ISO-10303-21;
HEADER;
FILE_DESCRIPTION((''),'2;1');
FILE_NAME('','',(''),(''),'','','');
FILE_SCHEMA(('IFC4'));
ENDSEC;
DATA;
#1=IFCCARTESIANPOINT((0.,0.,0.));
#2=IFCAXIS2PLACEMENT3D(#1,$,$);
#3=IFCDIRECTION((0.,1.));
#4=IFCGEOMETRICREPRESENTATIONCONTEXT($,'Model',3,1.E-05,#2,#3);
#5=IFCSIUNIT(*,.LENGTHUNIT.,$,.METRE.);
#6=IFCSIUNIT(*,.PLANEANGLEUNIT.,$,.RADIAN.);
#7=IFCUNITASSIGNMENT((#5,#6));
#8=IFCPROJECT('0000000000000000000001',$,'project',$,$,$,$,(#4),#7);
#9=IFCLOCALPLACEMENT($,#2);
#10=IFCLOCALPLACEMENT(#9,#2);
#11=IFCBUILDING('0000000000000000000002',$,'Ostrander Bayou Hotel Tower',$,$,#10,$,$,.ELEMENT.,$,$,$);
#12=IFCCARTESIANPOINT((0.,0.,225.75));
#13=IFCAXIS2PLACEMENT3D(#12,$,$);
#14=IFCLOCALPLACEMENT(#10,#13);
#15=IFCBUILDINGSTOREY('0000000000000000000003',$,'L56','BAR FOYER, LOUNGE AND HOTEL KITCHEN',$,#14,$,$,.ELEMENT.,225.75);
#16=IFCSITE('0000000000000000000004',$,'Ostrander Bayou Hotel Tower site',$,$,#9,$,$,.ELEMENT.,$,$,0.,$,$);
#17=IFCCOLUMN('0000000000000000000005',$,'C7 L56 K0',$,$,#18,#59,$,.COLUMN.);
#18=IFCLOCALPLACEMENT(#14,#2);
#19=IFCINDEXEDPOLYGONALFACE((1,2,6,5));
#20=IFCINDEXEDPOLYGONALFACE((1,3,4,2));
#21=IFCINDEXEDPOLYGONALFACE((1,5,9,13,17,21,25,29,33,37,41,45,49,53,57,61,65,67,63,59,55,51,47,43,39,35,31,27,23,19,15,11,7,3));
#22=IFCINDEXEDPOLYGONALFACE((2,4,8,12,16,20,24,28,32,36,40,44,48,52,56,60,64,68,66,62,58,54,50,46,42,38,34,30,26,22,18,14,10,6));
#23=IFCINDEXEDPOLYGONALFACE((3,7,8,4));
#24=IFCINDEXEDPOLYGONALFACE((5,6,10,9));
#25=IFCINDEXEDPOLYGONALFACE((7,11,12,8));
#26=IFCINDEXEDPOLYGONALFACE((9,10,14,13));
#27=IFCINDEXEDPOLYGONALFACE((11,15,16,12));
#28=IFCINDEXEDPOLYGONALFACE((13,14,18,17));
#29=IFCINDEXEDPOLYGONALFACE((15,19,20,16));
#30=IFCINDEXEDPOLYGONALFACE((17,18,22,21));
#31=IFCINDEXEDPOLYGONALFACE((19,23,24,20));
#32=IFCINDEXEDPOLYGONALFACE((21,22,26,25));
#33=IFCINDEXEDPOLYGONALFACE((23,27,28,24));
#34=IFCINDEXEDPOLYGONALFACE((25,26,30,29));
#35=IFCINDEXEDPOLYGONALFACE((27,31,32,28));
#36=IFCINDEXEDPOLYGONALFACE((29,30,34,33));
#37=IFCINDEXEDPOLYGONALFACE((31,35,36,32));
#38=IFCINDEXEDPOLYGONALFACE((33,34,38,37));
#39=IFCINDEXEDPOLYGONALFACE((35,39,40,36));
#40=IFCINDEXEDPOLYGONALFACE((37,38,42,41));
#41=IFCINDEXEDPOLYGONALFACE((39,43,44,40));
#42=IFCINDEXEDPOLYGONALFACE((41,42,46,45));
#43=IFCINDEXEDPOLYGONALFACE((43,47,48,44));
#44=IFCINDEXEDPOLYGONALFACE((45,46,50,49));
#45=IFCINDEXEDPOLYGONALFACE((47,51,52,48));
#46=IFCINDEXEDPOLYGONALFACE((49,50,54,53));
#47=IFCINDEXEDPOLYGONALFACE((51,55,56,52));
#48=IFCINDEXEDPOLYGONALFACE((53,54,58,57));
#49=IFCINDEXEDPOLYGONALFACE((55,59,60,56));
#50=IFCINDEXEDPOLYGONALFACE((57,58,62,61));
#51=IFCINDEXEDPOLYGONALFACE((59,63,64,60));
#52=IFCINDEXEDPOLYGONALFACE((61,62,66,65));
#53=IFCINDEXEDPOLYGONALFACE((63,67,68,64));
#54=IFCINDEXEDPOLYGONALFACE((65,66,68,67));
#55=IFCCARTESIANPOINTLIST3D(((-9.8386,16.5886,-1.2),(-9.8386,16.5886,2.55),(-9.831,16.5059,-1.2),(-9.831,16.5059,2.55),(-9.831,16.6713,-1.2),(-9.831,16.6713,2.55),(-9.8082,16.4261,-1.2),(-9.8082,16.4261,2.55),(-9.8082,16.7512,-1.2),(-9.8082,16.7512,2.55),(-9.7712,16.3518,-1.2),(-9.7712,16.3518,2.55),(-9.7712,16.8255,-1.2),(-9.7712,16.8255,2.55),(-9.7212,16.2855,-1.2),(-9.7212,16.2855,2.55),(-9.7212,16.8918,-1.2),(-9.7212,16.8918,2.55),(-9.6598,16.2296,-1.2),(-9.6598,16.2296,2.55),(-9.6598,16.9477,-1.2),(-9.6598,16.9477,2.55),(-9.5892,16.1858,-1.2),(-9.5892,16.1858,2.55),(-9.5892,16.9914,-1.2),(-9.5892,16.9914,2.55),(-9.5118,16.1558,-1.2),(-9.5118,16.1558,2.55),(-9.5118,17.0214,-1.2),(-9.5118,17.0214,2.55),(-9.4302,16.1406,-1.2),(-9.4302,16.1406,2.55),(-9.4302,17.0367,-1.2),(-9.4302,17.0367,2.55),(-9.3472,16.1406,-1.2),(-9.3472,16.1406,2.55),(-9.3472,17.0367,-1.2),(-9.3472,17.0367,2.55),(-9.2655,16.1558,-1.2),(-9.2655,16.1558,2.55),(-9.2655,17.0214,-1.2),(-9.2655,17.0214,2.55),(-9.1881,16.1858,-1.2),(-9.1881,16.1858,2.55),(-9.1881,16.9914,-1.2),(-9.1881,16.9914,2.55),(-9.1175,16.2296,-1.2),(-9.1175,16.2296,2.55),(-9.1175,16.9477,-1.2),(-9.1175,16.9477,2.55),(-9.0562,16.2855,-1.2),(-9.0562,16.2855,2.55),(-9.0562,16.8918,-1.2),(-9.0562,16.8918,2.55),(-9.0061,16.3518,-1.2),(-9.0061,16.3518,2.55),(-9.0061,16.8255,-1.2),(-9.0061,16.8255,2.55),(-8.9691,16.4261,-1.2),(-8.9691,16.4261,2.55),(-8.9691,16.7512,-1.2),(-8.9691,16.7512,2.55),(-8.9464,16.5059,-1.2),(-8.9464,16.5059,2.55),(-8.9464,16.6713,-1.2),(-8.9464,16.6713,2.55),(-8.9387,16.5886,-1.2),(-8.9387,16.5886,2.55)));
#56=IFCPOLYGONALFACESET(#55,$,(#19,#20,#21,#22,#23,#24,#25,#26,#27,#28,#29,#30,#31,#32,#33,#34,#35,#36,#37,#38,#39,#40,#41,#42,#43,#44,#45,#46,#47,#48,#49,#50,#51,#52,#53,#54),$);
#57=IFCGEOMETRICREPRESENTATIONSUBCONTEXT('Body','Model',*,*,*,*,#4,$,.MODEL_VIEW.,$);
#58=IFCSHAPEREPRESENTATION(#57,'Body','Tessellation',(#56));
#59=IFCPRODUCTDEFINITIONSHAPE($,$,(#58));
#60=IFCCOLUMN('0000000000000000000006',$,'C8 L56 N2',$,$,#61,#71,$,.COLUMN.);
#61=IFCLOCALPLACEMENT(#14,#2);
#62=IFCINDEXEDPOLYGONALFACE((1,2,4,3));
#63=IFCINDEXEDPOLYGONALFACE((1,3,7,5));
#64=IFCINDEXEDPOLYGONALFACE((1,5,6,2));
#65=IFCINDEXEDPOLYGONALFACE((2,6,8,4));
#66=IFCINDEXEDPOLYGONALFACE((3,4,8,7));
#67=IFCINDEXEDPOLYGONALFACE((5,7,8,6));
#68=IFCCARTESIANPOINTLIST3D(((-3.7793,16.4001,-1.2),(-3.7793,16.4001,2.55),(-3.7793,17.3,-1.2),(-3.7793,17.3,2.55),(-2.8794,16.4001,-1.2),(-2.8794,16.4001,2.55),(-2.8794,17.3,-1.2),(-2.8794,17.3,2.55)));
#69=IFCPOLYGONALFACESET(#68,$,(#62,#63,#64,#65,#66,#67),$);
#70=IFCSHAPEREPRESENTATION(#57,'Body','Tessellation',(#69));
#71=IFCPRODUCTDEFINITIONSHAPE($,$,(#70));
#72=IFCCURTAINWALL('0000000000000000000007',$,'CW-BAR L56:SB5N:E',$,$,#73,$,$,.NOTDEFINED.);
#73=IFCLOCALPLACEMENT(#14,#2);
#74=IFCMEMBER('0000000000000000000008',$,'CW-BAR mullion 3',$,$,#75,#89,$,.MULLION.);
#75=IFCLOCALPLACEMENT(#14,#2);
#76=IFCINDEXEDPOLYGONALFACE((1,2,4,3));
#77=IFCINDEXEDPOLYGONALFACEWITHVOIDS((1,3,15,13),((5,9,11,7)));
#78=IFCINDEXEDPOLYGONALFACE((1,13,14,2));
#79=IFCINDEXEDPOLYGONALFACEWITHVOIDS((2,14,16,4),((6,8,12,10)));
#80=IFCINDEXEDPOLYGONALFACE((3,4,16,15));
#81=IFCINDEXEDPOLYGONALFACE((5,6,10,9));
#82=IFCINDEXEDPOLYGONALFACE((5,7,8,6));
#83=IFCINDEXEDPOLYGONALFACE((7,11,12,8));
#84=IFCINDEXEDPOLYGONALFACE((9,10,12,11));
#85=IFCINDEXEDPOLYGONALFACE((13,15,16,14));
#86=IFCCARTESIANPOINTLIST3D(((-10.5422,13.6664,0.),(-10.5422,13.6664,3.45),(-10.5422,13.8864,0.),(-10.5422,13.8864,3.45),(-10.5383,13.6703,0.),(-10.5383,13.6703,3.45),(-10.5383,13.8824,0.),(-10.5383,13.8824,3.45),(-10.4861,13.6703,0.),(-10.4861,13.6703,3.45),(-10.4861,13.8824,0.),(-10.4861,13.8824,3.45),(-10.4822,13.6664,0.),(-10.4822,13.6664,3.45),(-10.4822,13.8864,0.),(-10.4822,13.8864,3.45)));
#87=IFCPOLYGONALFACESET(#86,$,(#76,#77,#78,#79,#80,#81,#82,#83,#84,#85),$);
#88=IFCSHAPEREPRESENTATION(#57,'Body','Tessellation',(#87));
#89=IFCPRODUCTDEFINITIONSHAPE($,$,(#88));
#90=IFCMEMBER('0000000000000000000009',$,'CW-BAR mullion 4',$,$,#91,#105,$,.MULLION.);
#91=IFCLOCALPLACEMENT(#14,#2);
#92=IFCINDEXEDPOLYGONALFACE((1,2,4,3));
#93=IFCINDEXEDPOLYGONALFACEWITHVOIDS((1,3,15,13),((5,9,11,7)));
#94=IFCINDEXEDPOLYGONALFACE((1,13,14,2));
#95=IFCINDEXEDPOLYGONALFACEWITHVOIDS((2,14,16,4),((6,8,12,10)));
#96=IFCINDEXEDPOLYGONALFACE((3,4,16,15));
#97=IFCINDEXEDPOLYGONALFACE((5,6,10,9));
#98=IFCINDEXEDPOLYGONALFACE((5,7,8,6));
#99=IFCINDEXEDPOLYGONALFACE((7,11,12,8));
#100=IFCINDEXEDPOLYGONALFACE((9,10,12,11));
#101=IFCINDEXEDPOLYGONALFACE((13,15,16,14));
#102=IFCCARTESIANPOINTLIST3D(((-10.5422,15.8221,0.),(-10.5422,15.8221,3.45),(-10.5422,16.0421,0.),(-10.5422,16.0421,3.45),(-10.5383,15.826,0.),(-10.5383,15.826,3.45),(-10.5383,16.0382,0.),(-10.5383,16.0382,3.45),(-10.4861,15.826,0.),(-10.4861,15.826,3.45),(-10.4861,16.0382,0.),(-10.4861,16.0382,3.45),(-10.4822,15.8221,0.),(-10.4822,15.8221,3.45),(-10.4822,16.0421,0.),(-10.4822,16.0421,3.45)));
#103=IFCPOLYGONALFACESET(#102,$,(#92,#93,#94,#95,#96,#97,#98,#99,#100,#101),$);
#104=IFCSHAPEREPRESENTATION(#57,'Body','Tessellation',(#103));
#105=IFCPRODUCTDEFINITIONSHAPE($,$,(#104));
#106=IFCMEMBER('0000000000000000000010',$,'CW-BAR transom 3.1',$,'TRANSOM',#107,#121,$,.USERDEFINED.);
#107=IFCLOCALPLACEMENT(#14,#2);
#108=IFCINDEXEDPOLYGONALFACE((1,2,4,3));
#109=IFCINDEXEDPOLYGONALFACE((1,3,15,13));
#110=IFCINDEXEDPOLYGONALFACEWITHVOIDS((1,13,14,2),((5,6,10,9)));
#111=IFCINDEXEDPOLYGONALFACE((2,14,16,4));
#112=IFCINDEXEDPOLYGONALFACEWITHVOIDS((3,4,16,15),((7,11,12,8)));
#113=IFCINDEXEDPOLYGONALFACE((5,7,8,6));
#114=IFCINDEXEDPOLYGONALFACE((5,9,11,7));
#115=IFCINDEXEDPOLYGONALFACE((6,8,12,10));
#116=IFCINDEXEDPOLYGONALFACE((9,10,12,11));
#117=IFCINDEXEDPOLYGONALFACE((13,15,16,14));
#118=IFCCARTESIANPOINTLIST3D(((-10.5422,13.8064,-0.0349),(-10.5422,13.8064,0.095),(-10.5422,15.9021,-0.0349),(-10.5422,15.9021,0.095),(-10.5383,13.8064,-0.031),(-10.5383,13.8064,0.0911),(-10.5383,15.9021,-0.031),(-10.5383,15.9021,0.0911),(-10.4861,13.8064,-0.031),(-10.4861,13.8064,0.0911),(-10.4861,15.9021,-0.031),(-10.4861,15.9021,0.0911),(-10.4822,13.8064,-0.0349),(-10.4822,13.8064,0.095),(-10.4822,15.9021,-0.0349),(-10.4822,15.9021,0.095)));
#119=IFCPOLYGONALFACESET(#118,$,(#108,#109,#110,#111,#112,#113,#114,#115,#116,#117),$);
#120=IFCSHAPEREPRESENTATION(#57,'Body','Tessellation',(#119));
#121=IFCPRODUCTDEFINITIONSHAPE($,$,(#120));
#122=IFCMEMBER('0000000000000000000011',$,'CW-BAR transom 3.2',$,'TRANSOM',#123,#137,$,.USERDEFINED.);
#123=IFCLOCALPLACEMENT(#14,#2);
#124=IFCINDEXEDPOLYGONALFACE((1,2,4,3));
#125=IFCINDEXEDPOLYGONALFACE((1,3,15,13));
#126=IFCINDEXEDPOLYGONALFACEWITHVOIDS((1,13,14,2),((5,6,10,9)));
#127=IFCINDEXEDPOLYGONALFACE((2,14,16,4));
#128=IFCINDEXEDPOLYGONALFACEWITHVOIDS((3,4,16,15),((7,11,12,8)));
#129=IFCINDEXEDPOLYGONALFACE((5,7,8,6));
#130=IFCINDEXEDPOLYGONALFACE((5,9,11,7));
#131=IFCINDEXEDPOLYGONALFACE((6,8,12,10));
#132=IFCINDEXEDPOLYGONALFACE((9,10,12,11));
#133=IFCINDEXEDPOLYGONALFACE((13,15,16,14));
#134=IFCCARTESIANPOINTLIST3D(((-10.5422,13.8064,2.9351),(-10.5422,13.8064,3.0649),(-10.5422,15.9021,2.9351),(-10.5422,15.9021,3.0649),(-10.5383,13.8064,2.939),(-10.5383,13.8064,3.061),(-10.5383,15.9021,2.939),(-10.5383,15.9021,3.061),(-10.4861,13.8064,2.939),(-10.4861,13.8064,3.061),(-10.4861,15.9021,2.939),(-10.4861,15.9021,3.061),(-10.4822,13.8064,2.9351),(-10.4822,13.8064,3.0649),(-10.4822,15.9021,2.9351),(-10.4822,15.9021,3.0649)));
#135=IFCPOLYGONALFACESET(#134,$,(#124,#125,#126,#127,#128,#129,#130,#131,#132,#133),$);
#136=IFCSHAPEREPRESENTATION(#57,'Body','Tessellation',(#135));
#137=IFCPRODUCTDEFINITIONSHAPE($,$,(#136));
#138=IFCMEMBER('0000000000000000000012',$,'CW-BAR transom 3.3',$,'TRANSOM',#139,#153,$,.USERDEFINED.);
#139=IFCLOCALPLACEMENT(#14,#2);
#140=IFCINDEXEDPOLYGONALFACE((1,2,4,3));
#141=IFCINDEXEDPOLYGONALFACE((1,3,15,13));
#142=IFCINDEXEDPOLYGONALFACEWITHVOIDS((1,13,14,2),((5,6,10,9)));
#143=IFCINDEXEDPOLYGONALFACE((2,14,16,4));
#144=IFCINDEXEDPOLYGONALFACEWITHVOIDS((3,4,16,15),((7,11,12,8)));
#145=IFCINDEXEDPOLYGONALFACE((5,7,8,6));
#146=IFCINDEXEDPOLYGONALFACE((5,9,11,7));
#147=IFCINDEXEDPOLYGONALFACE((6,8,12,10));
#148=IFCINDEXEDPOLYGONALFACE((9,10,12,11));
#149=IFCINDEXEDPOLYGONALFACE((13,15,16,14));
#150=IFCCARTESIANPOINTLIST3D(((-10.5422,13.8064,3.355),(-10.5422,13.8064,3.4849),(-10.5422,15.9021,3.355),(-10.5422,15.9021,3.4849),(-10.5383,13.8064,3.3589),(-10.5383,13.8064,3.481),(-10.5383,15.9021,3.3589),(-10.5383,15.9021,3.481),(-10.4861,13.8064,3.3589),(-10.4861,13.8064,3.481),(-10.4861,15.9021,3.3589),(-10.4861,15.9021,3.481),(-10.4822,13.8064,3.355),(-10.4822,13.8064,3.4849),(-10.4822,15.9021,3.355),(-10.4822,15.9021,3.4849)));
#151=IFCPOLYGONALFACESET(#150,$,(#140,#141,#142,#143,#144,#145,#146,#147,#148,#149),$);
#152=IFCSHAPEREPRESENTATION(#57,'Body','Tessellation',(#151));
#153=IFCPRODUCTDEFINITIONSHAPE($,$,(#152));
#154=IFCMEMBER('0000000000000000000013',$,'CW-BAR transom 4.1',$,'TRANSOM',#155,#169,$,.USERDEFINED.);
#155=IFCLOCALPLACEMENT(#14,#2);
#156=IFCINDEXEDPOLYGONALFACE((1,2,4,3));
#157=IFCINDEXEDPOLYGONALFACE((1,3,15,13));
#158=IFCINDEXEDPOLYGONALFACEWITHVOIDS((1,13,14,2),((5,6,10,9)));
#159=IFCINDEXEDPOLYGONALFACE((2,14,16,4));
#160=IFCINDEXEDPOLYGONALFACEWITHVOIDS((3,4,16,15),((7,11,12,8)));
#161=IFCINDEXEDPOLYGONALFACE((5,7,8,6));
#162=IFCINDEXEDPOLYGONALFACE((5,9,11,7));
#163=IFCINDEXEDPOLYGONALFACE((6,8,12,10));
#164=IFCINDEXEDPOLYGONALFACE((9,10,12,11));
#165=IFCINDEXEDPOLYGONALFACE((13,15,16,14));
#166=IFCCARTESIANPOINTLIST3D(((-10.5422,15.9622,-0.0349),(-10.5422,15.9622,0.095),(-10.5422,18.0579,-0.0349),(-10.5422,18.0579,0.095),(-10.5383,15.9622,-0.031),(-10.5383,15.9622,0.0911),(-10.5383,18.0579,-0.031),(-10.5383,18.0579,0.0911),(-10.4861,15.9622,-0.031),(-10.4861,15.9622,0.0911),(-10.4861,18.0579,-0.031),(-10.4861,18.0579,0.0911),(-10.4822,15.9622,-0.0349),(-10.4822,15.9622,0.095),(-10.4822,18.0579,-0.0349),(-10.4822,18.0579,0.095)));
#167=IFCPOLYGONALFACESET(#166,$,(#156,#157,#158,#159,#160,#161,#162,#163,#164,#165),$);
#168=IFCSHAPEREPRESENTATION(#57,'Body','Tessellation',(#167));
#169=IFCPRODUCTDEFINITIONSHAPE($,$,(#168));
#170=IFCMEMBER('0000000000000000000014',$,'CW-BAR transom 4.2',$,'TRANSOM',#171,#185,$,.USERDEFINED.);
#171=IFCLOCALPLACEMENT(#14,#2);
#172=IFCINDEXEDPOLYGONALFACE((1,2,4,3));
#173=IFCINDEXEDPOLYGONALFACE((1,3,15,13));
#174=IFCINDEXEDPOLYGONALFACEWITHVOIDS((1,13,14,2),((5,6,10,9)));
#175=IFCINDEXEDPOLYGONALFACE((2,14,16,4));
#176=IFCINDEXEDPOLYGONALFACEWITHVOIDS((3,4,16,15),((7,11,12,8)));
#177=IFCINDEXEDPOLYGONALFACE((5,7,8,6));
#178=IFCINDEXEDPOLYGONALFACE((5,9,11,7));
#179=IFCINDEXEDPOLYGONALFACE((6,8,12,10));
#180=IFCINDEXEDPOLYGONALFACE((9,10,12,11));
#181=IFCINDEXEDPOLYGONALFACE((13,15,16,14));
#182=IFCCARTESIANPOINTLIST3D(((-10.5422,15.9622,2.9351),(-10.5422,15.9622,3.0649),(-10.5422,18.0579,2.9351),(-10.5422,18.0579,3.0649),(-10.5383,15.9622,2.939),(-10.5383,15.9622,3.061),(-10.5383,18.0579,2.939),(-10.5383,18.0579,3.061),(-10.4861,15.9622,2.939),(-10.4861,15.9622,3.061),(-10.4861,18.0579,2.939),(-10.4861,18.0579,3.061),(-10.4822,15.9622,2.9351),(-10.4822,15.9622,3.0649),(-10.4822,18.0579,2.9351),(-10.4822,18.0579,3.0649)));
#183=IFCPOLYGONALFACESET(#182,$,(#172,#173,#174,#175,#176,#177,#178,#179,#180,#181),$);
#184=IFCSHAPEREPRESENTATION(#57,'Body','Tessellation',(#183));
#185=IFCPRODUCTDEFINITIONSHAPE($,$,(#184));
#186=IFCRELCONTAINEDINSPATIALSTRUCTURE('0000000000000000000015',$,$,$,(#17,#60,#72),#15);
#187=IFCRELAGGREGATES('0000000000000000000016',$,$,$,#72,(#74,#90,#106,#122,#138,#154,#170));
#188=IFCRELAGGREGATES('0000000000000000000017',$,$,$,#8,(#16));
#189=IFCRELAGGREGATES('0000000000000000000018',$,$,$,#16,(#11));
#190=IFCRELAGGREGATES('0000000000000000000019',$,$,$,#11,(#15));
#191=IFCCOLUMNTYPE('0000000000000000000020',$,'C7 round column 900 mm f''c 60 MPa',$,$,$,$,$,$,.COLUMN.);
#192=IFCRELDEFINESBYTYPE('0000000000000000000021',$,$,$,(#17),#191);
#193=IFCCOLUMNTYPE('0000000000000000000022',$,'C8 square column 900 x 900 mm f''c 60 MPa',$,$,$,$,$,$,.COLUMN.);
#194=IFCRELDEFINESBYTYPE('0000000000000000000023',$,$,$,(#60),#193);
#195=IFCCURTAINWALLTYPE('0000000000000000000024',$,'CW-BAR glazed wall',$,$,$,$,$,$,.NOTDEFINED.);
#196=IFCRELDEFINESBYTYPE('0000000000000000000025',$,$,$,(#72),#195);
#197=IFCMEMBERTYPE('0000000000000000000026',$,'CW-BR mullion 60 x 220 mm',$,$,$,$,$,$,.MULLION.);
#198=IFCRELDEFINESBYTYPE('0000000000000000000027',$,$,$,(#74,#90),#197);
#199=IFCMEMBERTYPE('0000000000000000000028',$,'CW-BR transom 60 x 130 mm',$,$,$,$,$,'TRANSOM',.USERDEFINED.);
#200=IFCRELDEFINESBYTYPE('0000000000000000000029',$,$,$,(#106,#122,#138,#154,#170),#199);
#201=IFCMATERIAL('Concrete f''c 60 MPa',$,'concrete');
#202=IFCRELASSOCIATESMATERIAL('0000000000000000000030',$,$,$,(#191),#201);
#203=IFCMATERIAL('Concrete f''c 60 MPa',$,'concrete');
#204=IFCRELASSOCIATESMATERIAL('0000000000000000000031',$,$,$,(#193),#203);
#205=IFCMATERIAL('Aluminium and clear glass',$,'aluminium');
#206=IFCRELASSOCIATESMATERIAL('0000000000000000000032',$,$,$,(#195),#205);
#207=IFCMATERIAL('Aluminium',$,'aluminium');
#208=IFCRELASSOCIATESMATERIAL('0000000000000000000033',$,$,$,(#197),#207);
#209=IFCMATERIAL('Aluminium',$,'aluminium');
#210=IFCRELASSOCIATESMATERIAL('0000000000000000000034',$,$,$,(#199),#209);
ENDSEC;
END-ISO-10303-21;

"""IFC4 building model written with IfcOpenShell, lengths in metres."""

from ifc_helpers import new_model, si_unit, direction, frame, origin, origin_2d, place, context, subcontext, project, spatial, rectangle, hollow_rectangle, circle, extrude, material, material_profile, profile_set, type_object, element, aggregate, save


model = new_model("IFC4")

# Units and contexts
model_context = context("Model", 3, precision=1e-05, world=origin(), true_north=direction((0.0, 1.0)))
body_context = subcontext(model_context, "Body", "Model", "MODEL_VIEW")
ifc_project = project(units=[si_unit("LENGTHUNIT", "METRE"), si_unit("PLANEANGLEUNIT", "RADIAN")], contexts=[model_context])

# Site, building, storey
site_placement = place(None, origin())
site = spatial("IfcSite", under=ifc_project, at=site_placement, Name="Ostrander Bayou Hotel Tower site", CompositionType="ELEMENT", RefElevation=0.0)
building_placement = place(site_placement, origin())
building = spatial("IfcBuilding", under=site, at=building_placement, Name="Ostrander Bayou Hotel Tower", CompositionType="ELEMENT")
storey_placement = place(building_placement, frame((0.0, 0.0, 225.75)))
storey = spatial("IfcBuildingStorey", under=building, at=storey_placement, Name="L56", Description="BAR FOYER, LOUNGE AND HOTEL KITCHEN", CompositionType="ELEMENT", Elevation=225.75)

# Columns
ifc_material_1 = material(Name="Concrete f'c 60 MPa", Category="concrete")
ifc_material_profile_1 = material_profile(ifc_material_1, circle(Radius=0.45, at=origin_2d()))
ifc_profile_set_1 = profile_set([ifc_material_profile_1], Name="Concrete f'c 60 MPa")
column_type_1 = type_object("IfcColumnType", Name="C7 round column 900 mm f'c 60 MPa", PredefinedType="COLUMN", material=ifc_profile_set_1)
column_1_placement = place(storey_placement, frame((-9.3887, 16.5886, -1.2), z_axis=(0.0, 0.0, 1.0), x_axis=(1.0, 0.0, 0.0)))
element("IfcColumn", 1, at=column_1_placement, inside=storey, type_object=column_type_1, Name="C7 L56 K0", PredefinedType="COLUMN", context=body_context, shape_type="SweptSolid", body=[
    extrude(circle(Radius=0.45, at=origin_2d()), origin(), (0.0, 0.0, 1.0), 3.75),
])
ifc_material_2 = material(Name="Concrete f'c 60 MPa", Category="concrete")
ifc_material_profile_2 = material_profile(ifc_material_2, rectangle(XDim=0.8999, YDim=0.8999, at=origin_2d()))
ifc_profile_set_2 = profile_set([ifc_material_profile_2], Name="Concrete f'c 60 MPa")
column_type_2 = type_object("IfcColumnType", Name="C8 square column 900 x 900 mm f'c 60 MPa", PredefinedType="COLUMN", material=ifc_profile_set_2)
column_2_placement = place(storey_placement, frame((-3.3293, 16.8501, -1.2), z_axis=(0.0, 0.0, 1.0), x_axis=(1.0, 0.0, 0.0)))
element("IfcColumn", 2, at=column_2_placement, inside=storey, type_object=column_type_2, Name="C8 L56 N2", PredefinedType="COLUMN", context=body_context, shape_type="SweptSolid", body=[
    extrude(rectangle(XDim=0.8999, YDim=0.8999, at=origin_2d()), origin(), (0.0, 0.0, 1.0), 3.75),
])

# Curtain wall, members
ifc_material_3 = material(Name="Aluminium and clear glass", Category="aluminium")
curtain_wall_type_1 = type_object("IfcCurtainWallType", Name="CW-BAR glazed wall", PredefinedType="NOTDEFINED", material=ifc_material_3)
curtain_wall_1_placement = place(storey_placement, origin())
curtain_wall_1 = element("IfcCurtainWall", 3, at=curtain_wall_1_placement, inside=storey, type_object=curtain_wall_type_1, Name="CW-BAR L56:SB5N:E", PredefinedType="NOTDEFINED")
ifc_material_4 = material(Name="Aluminium", Category="aluminium")
ifc_material_profile_3 = material_profile(ifc_material_4, hollow_rectangle(XDim=0.0601, YDim=0.22, WallThickness=0.0039, at=origin_2d()))
ifc_profile_set_3 = profile_set([ifc_material_profile_3], Name="Aluminium")
member_type_1 = type_object("IfcMemberType", Name="CW-BR mullion 60 x 220 mm", PredefinedType="MULLION", material=ifc_profile_set_3)
member_1_placement = place(storey_placement, frame((-10.5122, 13.7764, 0.0), z_axis=(0.0, 0.0, 1.0), x_axis=(-1.0, 0.0, 0.0)))
member_1 = element("IfcMember", 4, at=member_1_placement, type_object=member_type_1, Name="CW-BAR mullion 3", PredefinedType="MULLION", context=body_context, shape_type="SweptSolid", body=[
    extrude(hollow_rectangle(XDim=0.0601, YDim=0.22, WallThickness=0.0039, at=origin_2d()), origin(), (0.0, 0.0, 1.0), 3.45),
])
member_2_placement = place(storey_placement, frame((-10.5122, 15.9321, 0.0), z_axis=(0.0, 0.0, 1.0), x_axis=(-1.0, 0.0, 0.0)))
member_2 = element("IfcMember", 5, at=member_2_placement, type_object=member_type_1, Name="CW-BAR mullion 4", PredefinedType="MULLION", context=body_context, shape_type="SweptSolid", body=[
    extrude(hollow_rectangle(XDim=0.0601, YDim=0.22, WallThickness=0.0039, at=origin_2d()), origin(), (0.0, 0.0, 1.0), 3.45),
])
ifc_material_5 = material(Name="Aluminium", Category="aluminium")
ifc_material_profile_4 = material_profile(ifc_material_5, hollow_rectangle(XDim=0.0601, YDim=0.1299, WallThickness=0.0039, at=origin_2d()))
ifc_profile_set_4 = profile_set([ifc_material_profile_4], Name="Aluminium")
member_type_2 = type_object("IfcMemberType", Name="CW-BR transom 60 x 130 mm", ElementType="TRANSOM", PredefinedType="USERDEFINED", material=ifc_profile_set_4)
member_3_placement = place(storey_placement, frame((-10.5122, 13.8064, 0.03), z_axis=(0.0, 1.0, 0.0), x_axis=(-1.0, 0.0, 0.0)))
member_3 = element("IfcMember", 6, at=member_3_placement, type_object=member_type_2, Name="CW-BAR transom 3.1", ObjectType="TRANSOM", PredefinedType="USERDEFINED", context=body_context, shape_type="SweptSolid", body=[
    extrude(hollow_rectangle(XDim=0.0601, YDim=0.1299, WallThickness=0.0039, at=origin_2d()), origin(), (0.0, 0.0, 1.0), 2.0957),
])
member_4_placement = place(storey_placement, frame((-10.5122, 13.8064, 3.0), z_axis=(0.0, 1.0, 0.0), x_axis=(-1.0, 0.0, 0.0)))
member_4 = element("IfcMember", 7, at=member_4_placement, type_object=member_type_2, Name="CW-BAR transom 3.2", ObjectType="TRANSOM", PredefinedType="USERDEFINED", context=body_context, shape_type="SweptSolid", body=[
    extrude(hollow_rectangle(XDim=0.0601, YDim=0.1299, WallThickness=0.0039, at=origin_2d()), origin(), (0.0, 0.0, 1.0), 2.0957),
])
member_5_placement = place(storey_placement, frame((-10.5122, 13.8064, 3.4199), z_axis=(0.0, 1.0, 0.0), x_axis=(-1.0, 0.0, 0.0)))
member_5 = element("IfcMember", 8, at=member_5_placement, type_object=member_type_2, Name="CW-BAR transom 3.3", ObjectType="TRANSOM", PredefinedType="USERDEFINED", context=body_context, shape_type="SweptSolid", body=[
    extrude(hollow_rectangle(XDim=0.0601, YDim=0.1299, WallThickness=0.0039, at=origin_2d()), origin(), (0.0, 0.0, 1.0), 2.0957),
])
member_6_placement = place(storey_placement, frame((-10.5122, 15.9622, 0.03), z_axis=(0.0, 1.0, 0.0), x_axis=(-1.0, 0.0, 0.0)))
member_6 = element("IfcMember", 9, at=member_6_placement, type_object=member_type_2, Name="CW-BAR transom 4.1", ObjectType="TRANSOM", PredefinedType="USERDEFINED", context=body_context, shape_type="SweptSolid", body=[
    extrude(hollow_rectangle(XDim=0.0601, YDim=0.1299, WallThickness=0.0039, at=origin_2d()), origin(), (0.0, 0.0, 1.0), 2.0957),
])
member_7_placement = place(storey_placement, frame((-10.5122, 15.9622, 3.0), z_axis=(0.0, 1.0, 0.0), x_axis=(-1.0, 0.0, 0.0)))
member_7 = element("IfcMember", 10, at=member_7_placement, type_object=member_type_2, Name="CW-BAR transom 4.2", ObjectType="TRANSOM", PredefinedType="USERDEFINED", context=body_context, shape_type="SweptSolid", body=[
    extrude(hollow_rectangle(XDim=0.0601, YDim=0.1299, WallThickness=0.0039, at=origin_2d()), origin(), (0.0, 0.0, 1.0), 2.0957),
])

aggregate(curtain_wall_1, [member_1, member_2, member_3, member_4, member_5, member_6, member_7])

save(model, "model.ifc")
